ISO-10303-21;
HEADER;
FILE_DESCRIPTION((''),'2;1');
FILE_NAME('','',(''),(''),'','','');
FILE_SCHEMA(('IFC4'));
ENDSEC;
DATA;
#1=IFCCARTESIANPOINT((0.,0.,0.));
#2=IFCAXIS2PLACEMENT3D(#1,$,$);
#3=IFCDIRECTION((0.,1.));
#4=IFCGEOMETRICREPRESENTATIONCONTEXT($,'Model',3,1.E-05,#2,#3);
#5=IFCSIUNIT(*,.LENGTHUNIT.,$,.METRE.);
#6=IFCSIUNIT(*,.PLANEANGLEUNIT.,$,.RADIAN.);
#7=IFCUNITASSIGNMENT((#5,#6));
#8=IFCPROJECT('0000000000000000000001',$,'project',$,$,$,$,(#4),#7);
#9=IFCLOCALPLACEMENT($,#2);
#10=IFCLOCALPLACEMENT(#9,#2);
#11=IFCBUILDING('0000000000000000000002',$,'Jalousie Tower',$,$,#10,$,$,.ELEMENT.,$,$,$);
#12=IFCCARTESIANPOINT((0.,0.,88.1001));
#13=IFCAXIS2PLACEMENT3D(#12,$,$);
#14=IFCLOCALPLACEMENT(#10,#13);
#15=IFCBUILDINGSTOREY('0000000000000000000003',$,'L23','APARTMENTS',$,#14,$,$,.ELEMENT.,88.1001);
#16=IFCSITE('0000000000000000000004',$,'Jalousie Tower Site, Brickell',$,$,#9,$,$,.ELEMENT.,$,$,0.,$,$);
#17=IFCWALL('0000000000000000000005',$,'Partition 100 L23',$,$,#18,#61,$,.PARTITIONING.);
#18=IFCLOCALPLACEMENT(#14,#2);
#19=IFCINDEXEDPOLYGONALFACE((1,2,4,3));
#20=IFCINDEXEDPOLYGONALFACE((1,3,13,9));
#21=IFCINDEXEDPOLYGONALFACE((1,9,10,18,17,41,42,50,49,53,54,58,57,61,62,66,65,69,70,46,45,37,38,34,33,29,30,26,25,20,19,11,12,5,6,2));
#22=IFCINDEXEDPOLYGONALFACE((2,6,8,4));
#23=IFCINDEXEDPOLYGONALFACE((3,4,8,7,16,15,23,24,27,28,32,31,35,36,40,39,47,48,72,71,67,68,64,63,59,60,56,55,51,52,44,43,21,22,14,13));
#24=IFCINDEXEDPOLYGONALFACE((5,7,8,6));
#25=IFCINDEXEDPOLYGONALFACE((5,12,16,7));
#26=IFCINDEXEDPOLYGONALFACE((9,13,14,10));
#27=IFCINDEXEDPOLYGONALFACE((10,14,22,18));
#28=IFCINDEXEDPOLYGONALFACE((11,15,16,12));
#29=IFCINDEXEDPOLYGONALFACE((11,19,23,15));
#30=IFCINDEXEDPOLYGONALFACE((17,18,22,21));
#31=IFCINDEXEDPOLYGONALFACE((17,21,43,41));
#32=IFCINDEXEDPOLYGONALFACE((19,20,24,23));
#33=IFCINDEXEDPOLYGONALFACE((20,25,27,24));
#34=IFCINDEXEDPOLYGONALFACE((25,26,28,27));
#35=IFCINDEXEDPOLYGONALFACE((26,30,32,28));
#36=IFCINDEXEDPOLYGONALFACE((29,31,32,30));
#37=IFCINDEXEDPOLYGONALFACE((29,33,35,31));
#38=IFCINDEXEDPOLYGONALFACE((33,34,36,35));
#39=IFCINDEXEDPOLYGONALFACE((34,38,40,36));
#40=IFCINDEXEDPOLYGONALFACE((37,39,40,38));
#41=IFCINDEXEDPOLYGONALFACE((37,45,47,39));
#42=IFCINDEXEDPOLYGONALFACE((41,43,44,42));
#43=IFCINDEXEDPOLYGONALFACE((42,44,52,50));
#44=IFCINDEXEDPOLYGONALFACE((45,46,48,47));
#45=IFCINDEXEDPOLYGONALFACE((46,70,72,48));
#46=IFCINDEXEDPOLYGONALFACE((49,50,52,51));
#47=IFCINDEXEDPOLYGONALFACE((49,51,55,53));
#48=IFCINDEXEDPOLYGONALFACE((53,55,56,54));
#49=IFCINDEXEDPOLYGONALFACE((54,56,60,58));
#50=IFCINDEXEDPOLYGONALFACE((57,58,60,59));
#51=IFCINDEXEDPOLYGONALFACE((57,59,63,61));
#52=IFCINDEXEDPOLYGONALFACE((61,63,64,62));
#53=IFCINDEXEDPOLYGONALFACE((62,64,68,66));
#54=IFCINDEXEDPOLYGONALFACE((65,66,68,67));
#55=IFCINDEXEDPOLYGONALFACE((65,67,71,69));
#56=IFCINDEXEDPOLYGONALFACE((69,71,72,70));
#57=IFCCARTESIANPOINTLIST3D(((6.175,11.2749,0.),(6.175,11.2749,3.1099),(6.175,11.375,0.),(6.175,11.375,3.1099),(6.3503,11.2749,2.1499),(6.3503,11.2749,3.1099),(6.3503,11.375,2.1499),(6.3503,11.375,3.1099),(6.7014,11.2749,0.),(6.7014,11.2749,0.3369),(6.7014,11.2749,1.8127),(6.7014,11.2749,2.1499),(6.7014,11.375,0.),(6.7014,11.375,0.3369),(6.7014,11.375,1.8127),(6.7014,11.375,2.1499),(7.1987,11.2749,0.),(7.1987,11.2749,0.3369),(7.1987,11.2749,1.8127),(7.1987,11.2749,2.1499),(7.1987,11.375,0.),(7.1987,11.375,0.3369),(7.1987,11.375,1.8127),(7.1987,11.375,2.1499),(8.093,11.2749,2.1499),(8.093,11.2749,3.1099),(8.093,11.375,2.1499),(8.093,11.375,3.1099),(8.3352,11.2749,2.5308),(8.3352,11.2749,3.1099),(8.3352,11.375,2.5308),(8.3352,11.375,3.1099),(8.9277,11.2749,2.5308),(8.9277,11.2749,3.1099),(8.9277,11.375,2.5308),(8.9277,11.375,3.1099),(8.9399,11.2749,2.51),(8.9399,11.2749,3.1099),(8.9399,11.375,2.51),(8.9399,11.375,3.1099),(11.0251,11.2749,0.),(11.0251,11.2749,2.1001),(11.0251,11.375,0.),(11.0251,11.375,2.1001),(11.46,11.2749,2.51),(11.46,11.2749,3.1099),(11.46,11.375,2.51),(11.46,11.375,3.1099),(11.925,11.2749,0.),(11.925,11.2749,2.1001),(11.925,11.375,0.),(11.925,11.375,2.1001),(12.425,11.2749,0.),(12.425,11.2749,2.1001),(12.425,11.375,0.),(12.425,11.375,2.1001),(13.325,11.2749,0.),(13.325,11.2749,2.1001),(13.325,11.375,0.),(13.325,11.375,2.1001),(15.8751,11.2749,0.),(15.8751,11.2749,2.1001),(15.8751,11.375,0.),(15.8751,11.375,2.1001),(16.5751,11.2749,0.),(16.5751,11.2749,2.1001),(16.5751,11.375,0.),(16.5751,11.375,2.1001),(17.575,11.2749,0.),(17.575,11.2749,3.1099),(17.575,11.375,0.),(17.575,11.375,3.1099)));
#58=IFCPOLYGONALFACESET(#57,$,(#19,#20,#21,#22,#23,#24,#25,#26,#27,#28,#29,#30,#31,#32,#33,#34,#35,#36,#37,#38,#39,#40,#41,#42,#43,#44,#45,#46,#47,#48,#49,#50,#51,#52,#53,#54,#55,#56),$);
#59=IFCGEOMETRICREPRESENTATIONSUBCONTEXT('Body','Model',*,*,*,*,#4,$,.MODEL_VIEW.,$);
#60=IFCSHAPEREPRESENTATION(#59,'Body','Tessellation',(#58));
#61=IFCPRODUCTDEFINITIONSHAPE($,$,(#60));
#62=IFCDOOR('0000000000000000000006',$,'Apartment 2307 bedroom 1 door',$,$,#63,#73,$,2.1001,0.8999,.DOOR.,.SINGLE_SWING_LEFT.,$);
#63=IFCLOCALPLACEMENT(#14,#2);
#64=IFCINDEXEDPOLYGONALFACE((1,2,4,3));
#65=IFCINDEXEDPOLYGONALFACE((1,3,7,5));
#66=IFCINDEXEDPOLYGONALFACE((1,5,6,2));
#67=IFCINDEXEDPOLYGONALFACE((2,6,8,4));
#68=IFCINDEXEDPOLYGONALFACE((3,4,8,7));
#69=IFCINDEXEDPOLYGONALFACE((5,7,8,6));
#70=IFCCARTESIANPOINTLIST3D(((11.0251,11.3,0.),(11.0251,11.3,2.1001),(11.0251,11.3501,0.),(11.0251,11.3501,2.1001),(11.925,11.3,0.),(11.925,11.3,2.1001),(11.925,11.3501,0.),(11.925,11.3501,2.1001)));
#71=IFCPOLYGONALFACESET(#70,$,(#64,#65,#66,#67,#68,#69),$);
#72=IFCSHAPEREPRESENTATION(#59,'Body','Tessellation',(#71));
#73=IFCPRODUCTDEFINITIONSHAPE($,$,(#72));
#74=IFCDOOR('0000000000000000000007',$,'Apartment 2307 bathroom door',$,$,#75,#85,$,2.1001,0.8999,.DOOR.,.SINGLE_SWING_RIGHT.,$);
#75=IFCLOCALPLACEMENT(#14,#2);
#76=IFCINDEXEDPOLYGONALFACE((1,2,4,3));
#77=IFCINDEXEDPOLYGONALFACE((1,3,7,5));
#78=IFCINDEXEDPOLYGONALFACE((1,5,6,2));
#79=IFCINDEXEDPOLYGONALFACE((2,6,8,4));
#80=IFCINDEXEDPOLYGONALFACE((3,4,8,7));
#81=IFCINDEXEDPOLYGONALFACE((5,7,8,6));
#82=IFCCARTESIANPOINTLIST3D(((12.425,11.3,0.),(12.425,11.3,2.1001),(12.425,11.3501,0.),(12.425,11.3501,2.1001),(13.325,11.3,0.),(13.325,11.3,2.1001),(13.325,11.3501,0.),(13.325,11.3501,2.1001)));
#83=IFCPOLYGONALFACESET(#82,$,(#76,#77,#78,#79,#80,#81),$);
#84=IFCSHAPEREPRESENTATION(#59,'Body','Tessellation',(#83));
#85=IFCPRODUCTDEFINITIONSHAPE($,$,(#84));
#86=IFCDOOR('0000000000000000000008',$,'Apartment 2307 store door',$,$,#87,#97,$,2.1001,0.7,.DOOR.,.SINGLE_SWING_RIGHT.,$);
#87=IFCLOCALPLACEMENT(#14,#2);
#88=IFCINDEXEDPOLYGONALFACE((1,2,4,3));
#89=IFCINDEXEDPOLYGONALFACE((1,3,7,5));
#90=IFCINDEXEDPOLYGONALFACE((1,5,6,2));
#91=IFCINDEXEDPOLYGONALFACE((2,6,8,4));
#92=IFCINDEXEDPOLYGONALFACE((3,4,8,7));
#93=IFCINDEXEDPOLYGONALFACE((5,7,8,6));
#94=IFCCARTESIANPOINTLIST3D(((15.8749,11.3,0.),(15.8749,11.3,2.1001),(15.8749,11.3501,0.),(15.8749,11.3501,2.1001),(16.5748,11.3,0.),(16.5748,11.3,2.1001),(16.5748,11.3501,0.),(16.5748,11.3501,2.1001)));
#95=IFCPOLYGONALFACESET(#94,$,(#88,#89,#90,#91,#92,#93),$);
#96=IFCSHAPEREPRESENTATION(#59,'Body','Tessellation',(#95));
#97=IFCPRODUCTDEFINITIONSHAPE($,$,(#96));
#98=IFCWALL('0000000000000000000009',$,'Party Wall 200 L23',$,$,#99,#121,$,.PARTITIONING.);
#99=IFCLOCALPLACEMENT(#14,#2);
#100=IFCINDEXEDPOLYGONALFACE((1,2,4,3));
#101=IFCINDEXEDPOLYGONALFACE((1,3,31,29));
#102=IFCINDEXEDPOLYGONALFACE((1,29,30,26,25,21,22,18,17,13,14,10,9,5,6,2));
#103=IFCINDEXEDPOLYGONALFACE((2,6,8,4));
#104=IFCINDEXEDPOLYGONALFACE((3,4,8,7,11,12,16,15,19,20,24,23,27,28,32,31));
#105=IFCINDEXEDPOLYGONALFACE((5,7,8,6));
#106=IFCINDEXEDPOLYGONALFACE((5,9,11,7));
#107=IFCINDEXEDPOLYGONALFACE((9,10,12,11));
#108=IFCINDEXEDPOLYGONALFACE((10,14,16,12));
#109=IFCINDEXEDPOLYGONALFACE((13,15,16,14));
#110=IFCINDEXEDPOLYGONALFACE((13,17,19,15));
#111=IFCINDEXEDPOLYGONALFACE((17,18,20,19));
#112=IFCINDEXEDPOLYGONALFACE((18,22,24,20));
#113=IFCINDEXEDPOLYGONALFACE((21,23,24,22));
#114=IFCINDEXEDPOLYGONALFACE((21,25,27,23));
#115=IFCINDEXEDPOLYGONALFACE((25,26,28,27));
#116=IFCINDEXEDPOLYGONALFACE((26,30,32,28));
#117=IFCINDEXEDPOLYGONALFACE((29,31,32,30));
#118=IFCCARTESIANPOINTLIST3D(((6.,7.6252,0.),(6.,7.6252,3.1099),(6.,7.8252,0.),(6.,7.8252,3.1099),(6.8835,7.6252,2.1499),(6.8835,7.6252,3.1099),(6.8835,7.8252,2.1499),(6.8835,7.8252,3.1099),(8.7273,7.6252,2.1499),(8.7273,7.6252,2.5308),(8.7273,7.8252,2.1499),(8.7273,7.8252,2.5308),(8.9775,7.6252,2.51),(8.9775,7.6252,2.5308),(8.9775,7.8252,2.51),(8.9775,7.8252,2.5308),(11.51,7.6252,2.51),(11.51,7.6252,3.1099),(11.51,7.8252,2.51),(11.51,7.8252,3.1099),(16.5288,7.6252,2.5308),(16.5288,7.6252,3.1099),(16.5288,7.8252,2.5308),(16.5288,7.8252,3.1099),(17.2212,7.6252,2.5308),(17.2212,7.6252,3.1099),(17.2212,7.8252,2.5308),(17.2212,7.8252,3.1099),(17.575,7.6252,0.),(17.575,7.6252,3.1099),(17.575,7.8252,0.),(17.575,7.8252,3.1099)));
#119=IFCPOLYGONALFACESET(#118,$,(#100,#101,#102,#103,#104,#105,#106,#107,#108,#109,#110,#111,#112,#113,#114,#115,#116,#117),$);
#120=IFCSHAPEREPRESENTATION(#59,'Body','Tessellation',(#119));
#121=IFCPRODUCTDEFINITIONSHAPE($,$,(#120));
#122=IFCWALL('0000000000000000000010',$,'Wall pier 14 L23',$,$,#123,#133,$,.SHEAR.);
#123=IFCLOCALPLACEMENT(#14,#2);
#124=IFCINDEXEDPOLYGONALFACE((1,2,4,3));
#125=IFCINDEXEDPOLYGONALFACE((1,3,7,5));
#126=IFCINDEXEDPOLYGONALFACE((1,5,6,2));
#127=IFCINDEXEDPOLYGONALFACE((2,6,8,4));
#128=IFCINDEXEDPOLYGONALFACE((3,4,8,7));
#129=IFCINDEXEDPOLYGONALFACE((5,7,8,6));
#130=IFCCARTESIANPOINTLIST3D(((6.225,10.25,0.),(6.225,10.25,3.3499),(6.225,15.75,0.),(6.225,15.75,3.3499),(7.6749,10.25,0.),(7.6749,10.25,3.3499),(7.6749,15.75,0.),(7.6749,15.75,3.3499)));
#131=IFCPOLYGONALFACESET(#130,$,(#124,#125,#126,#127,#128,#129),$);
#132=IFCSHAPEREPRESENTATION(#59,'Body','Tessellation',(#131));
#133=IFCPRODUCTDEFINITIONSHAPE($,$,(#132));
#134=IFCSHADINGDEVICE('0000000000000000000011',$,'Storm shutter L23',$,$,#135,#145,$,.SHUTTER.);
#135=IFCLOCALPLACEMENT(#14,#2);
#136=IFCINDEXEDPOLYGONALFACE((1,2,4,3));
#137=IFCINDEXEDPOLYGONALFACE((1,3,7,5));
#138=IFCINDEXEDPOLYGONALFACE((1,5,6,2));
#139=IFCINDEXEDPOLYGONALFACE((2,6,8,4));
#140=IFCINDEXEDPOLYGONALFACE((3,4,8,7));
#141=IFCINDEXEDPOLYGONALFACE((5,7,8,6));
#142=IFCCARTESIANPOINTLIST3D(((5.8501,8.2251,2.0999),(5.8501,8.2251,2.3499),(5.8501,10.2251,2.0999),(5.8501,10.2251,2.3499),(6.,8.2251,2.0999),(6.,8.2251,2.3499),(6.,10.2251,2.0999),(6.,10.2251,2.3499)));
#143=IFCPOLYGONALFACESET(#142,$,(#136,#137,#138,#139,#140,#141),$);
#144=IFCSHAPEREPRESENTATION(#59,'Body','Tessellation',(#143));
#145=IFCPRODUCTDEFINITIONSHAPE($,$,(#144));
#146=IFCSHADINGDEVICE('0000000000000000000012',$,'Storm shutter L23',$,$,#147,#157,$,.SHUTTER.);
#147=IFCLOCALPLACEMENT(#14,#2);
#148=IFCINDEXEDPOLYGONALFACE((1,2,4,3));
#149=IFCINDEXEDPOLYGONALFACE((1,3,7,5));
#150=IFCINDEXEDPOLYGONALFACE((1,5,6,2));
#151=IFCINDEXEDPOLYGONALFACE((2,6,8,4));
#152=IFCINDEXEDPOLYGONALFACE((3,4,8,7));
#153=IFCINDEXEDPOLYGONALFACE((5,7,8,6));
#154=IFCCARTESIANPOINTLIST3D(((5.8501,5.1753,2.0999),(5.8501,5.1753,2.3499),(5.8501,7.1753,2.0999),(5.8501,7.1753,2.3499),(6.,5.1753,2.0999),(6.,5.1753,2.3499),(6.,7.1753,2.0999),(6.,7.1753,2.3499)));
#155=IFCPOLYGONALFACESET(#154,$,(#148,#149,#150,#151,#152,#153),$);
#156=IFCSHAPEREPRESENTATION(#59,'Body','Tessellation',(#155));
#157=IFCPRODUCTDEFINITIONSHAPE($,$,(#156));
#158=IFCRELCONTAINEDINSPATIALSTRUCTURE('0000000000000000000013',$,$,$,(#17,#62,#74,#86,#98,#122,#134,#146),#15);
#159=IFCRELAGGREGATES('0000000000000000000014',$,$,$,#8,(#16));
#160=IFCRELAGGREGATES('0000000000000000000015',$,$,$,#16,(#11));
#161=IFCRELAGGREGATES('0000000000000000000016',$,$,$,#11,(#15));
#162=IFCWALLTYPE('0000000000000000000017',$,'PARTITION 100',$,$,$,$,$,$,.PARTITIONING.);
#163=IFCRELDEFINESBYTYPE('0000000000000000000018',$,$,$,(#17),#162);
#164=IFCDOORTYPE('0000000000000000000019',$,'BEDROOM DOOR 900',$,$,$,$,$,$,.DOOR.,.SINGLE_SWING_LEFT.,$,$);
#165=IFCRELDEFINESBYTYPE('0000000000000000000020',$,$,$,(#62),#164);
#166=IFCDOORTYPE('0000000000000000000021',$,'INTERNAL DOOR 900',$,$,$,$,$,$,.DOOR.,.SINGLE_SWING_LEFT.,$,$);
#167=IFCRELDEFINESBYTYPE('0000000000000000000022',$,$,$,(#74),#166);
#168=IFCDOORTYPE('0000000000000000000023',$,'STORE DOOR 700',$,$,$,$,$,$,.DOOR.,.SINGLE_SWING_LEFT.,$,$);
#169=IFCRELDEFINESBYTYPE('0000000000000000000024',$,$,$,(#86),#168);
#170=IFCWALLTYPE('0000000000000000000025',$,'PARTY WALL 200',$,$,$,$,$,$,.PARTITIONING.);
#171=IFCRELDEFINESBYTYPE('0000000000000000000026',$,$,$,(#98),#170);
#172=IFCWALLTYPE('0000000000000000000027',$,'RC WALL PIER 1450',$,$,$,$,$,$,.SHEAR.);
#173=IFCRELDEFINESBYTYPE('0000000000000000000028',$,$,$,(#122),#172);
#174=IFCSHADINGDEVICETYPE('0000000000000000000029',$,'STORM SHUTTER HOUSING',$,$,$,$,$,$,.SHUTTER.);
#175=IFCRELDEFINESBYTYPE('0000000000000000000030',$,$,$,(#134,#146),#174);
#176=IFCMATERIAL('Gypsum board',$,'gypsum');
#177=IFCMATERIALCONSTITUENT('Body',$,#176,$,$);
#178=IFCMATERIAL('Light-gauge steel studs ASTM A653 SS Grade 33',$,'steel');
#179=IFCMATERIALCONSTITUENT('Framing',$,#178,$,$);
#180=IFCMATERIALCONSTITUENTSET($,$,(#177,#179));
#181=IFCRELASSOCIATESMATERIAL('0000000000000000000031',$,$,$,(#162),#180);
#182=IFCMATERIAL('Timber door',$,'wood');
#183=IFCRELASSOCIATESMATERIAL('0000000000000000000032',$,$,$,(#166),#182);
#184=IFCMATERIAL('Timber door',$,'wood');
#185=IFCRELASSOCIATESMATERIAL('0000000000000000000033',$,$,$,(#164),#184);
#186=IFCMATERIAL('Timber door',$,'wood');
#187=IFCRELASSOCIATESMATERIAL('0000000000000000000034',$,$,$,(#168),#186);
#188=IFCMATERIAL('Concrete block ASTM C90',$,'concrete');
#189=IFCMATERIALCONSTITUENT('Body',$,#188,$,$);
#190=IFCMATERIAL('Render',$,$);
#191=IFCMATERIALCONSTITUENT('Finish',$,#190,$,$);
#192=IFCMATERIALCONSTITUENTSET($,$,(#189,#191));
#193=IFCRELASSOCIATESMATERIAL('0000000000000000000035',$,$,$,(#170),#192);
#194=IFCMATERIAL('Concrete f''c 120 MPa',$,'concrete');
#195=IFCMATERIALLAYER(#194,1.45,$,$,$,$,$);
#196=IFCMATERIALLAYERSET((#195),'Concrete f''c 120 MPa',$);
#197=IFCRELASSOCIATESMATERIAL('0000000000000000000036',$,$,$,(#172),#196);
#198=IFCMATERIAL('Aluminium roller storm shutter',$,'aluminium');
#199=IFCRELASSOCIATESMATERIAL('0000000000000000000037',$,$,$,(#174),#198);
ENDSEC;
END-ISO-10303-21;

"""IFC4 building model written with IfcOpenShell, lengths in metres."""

from ifc_helpers import new_model, si_unit, direction, frame, frame_2d, origin, origin_2d, place, context, subcontext, project, spatial, polyline, rectangle, outline, extrude, material, layer, layer_set, constituent, constituent_set, type_object, element, fill, save


model = new_model("IFC4")

# Units and contexts
model_context = context("Model", 3, precision=1e-05, world=origin(), true_north=direction((0.0, 1.0)))
body_context = subcontext(model_context, "Body", "Model", "MODEL_VIEW")
ifc_project = project(units=[si_unit("LENGTHUNIT", "METRE"), si_unit("PLANEANGLEUNIT", "RADIAN")], contexts=[model_context])

# Site, building, storey
site_placement = place(None, origin())
site = spatial("IfcSite", under=ifc_project, at=site_placement, Name="Jalousie Tower Site, Brickell", CompositionType="ELEMENT", RefElevation=0.0)
building_placement = place(site_placement, origin())
building = spatial("IfcBuilding", under=site, at=building_placement, Name="Jalousie Tower", CompositionType="ELEMENT")
storey_placement = place(building_placement, frame((0.0, 0.0, 88.1001)))
storey = spatial("IfcBuildingStorey", under=building, at=storey_placement, Name="L23", Description="APARTMENTS", CompositionType="ELEMENT", Elevation=88.1001)

# Shared definitions
ifc_material_1 = material(Name="Gypsum board", Category="gypsum")
ifc_constituent_1 = constituent(ifc_material_1, Name="Body")
ifc_material_2 = material(Name="Light-gauge steel studs ASTM A653 SS Grade 33", Category="steel")
ifc_constituent_2 = constituent(ifc_material_2, Name="Framing")
ifc_constituent_set_1 = constituent_set(constituents=[ifc_constituent_1, ifc_constituent_2])
wall_type_1 = type_object("IfcWallType", Name="PARTITION 100", PredefinedType="PARTITIONING", material=ifc_constituent_set_1)
ifc_material_3 = material(Name="Timber door", Category="wood")
door_type_1 = type_object("IfcDoorType", Name="INTERNAL DOOR 900", OperationType="SINGLE_SWING_LEFT", PredefinedType="DOOR", material=ifc_material_3)

# Wall, openings, doors
wall_1_placement = place(storey_placement, frame((6.175, 11.325, 0.0), z_axis=(0.0, 0.0, 1.0), x_axis=(1.0, 0.0, 0.0)))
wall_1 = element("IfcWall", 1, at=wall_1_placement, inside=storey, type_object=wall_type_1, Name="Partition 100 L23", PredefinedType="PARTITIONING", context=body_context, shape_type="SweptSolid", body=[
    extrude(outline(polyline([(0.1753, 3.1099), (0.0, 3.1099), (0.0, 0.0), (0.5264, 0.0), (0.5264, 0.3369), (1.0237, 0.3369), (1.0237, 0.0), (11.3999, 0.0), (11.3999, 3.1099), (5.2849, 3.1099), (5.2849, 2.51), (2.7649, 2.51), (2.7649, 3.1099), (2.7527, 3.1099), (2.7527, 2.5308), (2.1602, 2.5308), (2.1602, 3.1099), (1.918, 3.1099), (1.918, 2.1499), (1.0237, 2.1499), (1.0237, 1.8127), (0.5264, 1.8127), (0.5264, 2.1499), (0.1753, 2.1499), (0.1753, 3.1099)])), frame((0.0, 0.05, 0.0), z_axis=(0.0, -1.0, 0.0), x_axis=(1.0, 0.0, 0.0)), (0.0, 0.0, 1.0), 0.1001),
])
opening_1_placement = place(wall_1_placement, frame((4.8501, 0.0, 0.0)))
opening_1 = element("IfcOpeningElement", 2, at=opening_1_placement, cuts=wall_1, PredefinedType="OPENING", context=body_context, shape_type="SweptSolid", body=[
    extrude(rectangle(XDim=0.8999, YDim=2.1001, at=frame_2d((0.45, 1.05))), frame((0.0, 0.0601, 0.0), z_axis=(0.0, -1.0, 0.0), x_axis=(1.0, 0.0, 0.0)), (0.0, 0.0, 1.0), 0.1201),
])
opening_2_placement = place(wall_1_placement, frame((6.25, 0.0, 0.0)))
opening_2 = element("IfcOpeningElement", 3, at=opening_2_placement, cuts=wall_1, PredefinedType="OPENING", context=body_context, shape_type="SweptSolid", body=[
    extrude(rectangle(XDim=0.8999, YDim=2.1001, at=frame_2d((0.45, 1.05))), frame((0.0, 0.0601, 0.0), z_axis=(0.0, -1.0, 0.0), x_axis=(1.0, 0.0, 0.0)), (0.0, 0.0, 1.0), 0.1201),
])
opening_3_placement = place(wall_1_placement, frame((9.7, 0.0, 0.0)))
opening_3 = element("IfcOpeningElement", 4, at=opening_3_placement, cuts=wall_1, PredefinedType="OPENING", context=body_context, shape_type="SweptSolid", body=[
    extrude(rectangle(XDim=0.7, YDim=2.1001, at=frame_2d((0.3501, 1.05))), frame((0.0, 0.0601, 0.0), z_axis=(0.0, -1.0, 0.0), x_axis=(1.0, 0.0, 0.0)), (0.0, 0.0, 1.0), 0.1201),
])
ifc_material_4 = material(Name="Timber door", Category="wood")
door_type_2 = type_object("IfcDoorType", Name="BEDROOM DOOR 900", OperationType="SINGLE_SWING_LEFT", PredefinedType="DOOR", material=ifc_material_4)
door_1_placement = place(opening_1_placement, frame((0.8999, 0.0, 0.0), z_axis=(0.0, 0.0, 1.0), x_axis=(-1.0, 0.0, 0.0)))
door_1 = element("IfcDoor", 5, at=door_1_placement, inside=storey, type_object=door_type_2, Name="Apartment 2307 bedroom 1 door", OperationType="SINGLE_SWING_LEFT", OverallHeight=2.1001, OverallWidth=0.8999, PredefinedType="DOOR", context=body_context, shape_type="SweptSolid", body=[
    extrude(rectangle(XDim=0.8999, YDim=2.1001, at=frame_2d((0.45, 1.05))), frame((0.0, 0.0249, 0.0), z_axis=(0.0, -1.0, 0.0), x_axis=(1.0, 0.0, 0.0)), (0.0, 0.0, 1.0), 0.05),
])
fill(opening_1, door_1)
door_2_placement = place(opening_2_placement, frame((0.8999, 0.0, 0.0), z_axis=(0.0, 0.0, 1.0), x_axis=(-1.0, 0.0, 0.0)))
door_2 = element("IfcDoor", 6, at=door_2_placement, inside=storey, type_object=door_type_1, Name="Apartment 2307 bathroom door", OperationType="SINGLE_SWING_RIGHT", OverallHeight=2.1001, OverallWidth=0.8999, PredefinedType="DOOR", context=body_context, shape_type="SweptSolid", body=[
    extrude(rectangle(XDim=0.8999, YDim=2.1001, at=frame_2d((0.45, 1.05))), frame((0.0, 0.0249, 0.0), z_axis=(0.0, -1.0, 0.0), x_axis=(1.0, 0.0, 0.0)), (0.0, 0.0, 1.0), 0.05),
])
fill(opening_2, door_2)
ifc_material_5 = material(Name="Timber door", Category="wood")
door_type_3 = type_object("IfcDoorType", Name="STORE DOOR 700", OperationType="SINGLE_SWING_LEFT", PredefinedType="DOOR", material=ifc_material_5)
door_3_placement = place(opening_3_placement, frame((0.7, 0.0, 0.0), z_axis=(0.0, 0.0, 1.0), x_axis=(-1.0, 0.0, 0.0)))
door_3 = element("IfcDoor", 7, at=door_3_placement, inside=storey, type_object=door_type_3, Name="Apartment 2307 store door", OperationType="SINGLE_SWING_RIGHT", OverallHeight=2.1001, OverallWidth=0.7, PredefinedType="DOOR", context=body_context, shape_type="SweptSolid", body=[
    extrude(rectangle(XDim=0.7, YDim=2.1001, at=frame_2d((0.3501, 1.05))), frame((0.0, 0.0249, 0.0), z_axis=(0.0, -1.0, 0.0), x_axis=(1.0, 0.0, 0.0)), (0.0, 0.0, 1.0), 0.05),
])
fill(opening_3, door_3)

# Walls
ifc_material_6 = material(Name="Concrete block ASTM C90", Category="concrete")
ifc_constituent_3 = constituent(ifc_material_6, Name="Body")
ifc_material_7 = material(Name="Render")
ifc_constituent_4 = constituent(ifc_material_7, Name="Finish")
ifc_constituent_set_2 = constituent_set(constituents=[ifc_constituent_3, ifc_constituent_4])
wall_type_2 = type_object("IfcWallType", Name="PARTY WALL 200", PredefinedType="PARTITIONING", material=ifc_constituent_set_2)
wall_2_placement = place(storey_placement, frame((6.0, 7.7251, 0.0), z_axis=(0.0, 0.0, 1.0), x_axis=(1.0, 0.0, 0.0)))
element("IfcWall", 8, at=wall_2_placement, inside=storey, type_object=wall_type_2, Name="Party Wall 200 L23", PredefinedType="PARTITIONING", context=body_context, shape_type="SweptSolid", body=[
    extrude(outline(polyline([(0.0, 0.0), (11.575, 0.0), (11.575, 3.1099), (11.2212, 3.1099), (11.2212, 2.5308), (10.5288, 2.5308), (10.5288, 3.1099), (5.51, 3.1099), (5.51, 2.51), (2.9775, 2.51), (2.9775, 2.5308), (2.7273, 2.5308), (2.7273, 2.1499), (0.8835, 2.1499), (0.8835, 3.1099), (0.0, 3.1099), (0.0, 0.0)])), frame((0.0, 0.1001, 0.0), z_axis=(0.0, -1.0, 0.0), x_axis=(1.0, 0.0, 0.0)), (0.0, 0.0, 1.0), 0.2),
])
ifc_material_8 = material(Name="Concrete f'c 120 MPa", Category="concrete")
ifc_layer_1 = layer(ifc_material_8, 1.45)
ifc_layer_set_1 = layer_set([ifc_layer_1], Name="Concrete f'c 120 MPa")
wall_type_3 = type_object("IfcWallType", Name="RC WALL PIER 1450", PredefinedType="SHEAR", material=ifc_layer_set_1)
wall_3_placement = place(storey_placement, frame((6.95, 10.25, 0.0), z_axis=(0.0, 0.0, 1.0), x_axis=(0.0, 1.0, 0.0)))
element("IfcWall", 9, at=wall_3_placement, inside=storey, type_object=wall_type_3, Name="Wall pier 14 L23", PredefinedType="SHEAR", context=body_context, shape_type="SweptSolid", body=[
    extrude(rectangle(XDim=5.5, YDim=1.45, at=frame_2d((2.75, 0.0))), origin(), (0.0, 0.0, 1.0), 3.3499),
])

# Shading devices
ifc_material_9 = material(Name="Aluminium roller storm shutter", Category="aluminium")
shading_device_type = type_object("IfcShadingDeviceType", Name="STORM SHUTTER HOUSING", PredefinedType="SHUTTER", material=ifc_material_9)
for number, where, z_axis, x_axis, name in (
    (10, (5.925, 9.2251, 2.0999), (0.0, 0.0, 1.0), (0.0, -1.0, 0.0), "Storm shutter L23"),
    (11, (5.925, 6.1753, 2.0999), (0.0, 0.0, 1.0), (0.0, -1.0, 0.0), "Storm shutter L23"),
):
    element("IfcShadingDevice", number, at=place(storey_placement, frame(where, z_axis=z_axis, x_axis=x_axis)), inside=storey, type_object=shading_device_type, Name=name, PredefinedType="SHUTTER", context=body_context, shape_type="SweptSolid", body=[
        extrude(rectangle(XDim=2.0, YDim=0.1499, at=origin_2d()), origin(), (0.0, 0.0, 1.0), 0.25),
    ])

save(model, "model.ifc")
